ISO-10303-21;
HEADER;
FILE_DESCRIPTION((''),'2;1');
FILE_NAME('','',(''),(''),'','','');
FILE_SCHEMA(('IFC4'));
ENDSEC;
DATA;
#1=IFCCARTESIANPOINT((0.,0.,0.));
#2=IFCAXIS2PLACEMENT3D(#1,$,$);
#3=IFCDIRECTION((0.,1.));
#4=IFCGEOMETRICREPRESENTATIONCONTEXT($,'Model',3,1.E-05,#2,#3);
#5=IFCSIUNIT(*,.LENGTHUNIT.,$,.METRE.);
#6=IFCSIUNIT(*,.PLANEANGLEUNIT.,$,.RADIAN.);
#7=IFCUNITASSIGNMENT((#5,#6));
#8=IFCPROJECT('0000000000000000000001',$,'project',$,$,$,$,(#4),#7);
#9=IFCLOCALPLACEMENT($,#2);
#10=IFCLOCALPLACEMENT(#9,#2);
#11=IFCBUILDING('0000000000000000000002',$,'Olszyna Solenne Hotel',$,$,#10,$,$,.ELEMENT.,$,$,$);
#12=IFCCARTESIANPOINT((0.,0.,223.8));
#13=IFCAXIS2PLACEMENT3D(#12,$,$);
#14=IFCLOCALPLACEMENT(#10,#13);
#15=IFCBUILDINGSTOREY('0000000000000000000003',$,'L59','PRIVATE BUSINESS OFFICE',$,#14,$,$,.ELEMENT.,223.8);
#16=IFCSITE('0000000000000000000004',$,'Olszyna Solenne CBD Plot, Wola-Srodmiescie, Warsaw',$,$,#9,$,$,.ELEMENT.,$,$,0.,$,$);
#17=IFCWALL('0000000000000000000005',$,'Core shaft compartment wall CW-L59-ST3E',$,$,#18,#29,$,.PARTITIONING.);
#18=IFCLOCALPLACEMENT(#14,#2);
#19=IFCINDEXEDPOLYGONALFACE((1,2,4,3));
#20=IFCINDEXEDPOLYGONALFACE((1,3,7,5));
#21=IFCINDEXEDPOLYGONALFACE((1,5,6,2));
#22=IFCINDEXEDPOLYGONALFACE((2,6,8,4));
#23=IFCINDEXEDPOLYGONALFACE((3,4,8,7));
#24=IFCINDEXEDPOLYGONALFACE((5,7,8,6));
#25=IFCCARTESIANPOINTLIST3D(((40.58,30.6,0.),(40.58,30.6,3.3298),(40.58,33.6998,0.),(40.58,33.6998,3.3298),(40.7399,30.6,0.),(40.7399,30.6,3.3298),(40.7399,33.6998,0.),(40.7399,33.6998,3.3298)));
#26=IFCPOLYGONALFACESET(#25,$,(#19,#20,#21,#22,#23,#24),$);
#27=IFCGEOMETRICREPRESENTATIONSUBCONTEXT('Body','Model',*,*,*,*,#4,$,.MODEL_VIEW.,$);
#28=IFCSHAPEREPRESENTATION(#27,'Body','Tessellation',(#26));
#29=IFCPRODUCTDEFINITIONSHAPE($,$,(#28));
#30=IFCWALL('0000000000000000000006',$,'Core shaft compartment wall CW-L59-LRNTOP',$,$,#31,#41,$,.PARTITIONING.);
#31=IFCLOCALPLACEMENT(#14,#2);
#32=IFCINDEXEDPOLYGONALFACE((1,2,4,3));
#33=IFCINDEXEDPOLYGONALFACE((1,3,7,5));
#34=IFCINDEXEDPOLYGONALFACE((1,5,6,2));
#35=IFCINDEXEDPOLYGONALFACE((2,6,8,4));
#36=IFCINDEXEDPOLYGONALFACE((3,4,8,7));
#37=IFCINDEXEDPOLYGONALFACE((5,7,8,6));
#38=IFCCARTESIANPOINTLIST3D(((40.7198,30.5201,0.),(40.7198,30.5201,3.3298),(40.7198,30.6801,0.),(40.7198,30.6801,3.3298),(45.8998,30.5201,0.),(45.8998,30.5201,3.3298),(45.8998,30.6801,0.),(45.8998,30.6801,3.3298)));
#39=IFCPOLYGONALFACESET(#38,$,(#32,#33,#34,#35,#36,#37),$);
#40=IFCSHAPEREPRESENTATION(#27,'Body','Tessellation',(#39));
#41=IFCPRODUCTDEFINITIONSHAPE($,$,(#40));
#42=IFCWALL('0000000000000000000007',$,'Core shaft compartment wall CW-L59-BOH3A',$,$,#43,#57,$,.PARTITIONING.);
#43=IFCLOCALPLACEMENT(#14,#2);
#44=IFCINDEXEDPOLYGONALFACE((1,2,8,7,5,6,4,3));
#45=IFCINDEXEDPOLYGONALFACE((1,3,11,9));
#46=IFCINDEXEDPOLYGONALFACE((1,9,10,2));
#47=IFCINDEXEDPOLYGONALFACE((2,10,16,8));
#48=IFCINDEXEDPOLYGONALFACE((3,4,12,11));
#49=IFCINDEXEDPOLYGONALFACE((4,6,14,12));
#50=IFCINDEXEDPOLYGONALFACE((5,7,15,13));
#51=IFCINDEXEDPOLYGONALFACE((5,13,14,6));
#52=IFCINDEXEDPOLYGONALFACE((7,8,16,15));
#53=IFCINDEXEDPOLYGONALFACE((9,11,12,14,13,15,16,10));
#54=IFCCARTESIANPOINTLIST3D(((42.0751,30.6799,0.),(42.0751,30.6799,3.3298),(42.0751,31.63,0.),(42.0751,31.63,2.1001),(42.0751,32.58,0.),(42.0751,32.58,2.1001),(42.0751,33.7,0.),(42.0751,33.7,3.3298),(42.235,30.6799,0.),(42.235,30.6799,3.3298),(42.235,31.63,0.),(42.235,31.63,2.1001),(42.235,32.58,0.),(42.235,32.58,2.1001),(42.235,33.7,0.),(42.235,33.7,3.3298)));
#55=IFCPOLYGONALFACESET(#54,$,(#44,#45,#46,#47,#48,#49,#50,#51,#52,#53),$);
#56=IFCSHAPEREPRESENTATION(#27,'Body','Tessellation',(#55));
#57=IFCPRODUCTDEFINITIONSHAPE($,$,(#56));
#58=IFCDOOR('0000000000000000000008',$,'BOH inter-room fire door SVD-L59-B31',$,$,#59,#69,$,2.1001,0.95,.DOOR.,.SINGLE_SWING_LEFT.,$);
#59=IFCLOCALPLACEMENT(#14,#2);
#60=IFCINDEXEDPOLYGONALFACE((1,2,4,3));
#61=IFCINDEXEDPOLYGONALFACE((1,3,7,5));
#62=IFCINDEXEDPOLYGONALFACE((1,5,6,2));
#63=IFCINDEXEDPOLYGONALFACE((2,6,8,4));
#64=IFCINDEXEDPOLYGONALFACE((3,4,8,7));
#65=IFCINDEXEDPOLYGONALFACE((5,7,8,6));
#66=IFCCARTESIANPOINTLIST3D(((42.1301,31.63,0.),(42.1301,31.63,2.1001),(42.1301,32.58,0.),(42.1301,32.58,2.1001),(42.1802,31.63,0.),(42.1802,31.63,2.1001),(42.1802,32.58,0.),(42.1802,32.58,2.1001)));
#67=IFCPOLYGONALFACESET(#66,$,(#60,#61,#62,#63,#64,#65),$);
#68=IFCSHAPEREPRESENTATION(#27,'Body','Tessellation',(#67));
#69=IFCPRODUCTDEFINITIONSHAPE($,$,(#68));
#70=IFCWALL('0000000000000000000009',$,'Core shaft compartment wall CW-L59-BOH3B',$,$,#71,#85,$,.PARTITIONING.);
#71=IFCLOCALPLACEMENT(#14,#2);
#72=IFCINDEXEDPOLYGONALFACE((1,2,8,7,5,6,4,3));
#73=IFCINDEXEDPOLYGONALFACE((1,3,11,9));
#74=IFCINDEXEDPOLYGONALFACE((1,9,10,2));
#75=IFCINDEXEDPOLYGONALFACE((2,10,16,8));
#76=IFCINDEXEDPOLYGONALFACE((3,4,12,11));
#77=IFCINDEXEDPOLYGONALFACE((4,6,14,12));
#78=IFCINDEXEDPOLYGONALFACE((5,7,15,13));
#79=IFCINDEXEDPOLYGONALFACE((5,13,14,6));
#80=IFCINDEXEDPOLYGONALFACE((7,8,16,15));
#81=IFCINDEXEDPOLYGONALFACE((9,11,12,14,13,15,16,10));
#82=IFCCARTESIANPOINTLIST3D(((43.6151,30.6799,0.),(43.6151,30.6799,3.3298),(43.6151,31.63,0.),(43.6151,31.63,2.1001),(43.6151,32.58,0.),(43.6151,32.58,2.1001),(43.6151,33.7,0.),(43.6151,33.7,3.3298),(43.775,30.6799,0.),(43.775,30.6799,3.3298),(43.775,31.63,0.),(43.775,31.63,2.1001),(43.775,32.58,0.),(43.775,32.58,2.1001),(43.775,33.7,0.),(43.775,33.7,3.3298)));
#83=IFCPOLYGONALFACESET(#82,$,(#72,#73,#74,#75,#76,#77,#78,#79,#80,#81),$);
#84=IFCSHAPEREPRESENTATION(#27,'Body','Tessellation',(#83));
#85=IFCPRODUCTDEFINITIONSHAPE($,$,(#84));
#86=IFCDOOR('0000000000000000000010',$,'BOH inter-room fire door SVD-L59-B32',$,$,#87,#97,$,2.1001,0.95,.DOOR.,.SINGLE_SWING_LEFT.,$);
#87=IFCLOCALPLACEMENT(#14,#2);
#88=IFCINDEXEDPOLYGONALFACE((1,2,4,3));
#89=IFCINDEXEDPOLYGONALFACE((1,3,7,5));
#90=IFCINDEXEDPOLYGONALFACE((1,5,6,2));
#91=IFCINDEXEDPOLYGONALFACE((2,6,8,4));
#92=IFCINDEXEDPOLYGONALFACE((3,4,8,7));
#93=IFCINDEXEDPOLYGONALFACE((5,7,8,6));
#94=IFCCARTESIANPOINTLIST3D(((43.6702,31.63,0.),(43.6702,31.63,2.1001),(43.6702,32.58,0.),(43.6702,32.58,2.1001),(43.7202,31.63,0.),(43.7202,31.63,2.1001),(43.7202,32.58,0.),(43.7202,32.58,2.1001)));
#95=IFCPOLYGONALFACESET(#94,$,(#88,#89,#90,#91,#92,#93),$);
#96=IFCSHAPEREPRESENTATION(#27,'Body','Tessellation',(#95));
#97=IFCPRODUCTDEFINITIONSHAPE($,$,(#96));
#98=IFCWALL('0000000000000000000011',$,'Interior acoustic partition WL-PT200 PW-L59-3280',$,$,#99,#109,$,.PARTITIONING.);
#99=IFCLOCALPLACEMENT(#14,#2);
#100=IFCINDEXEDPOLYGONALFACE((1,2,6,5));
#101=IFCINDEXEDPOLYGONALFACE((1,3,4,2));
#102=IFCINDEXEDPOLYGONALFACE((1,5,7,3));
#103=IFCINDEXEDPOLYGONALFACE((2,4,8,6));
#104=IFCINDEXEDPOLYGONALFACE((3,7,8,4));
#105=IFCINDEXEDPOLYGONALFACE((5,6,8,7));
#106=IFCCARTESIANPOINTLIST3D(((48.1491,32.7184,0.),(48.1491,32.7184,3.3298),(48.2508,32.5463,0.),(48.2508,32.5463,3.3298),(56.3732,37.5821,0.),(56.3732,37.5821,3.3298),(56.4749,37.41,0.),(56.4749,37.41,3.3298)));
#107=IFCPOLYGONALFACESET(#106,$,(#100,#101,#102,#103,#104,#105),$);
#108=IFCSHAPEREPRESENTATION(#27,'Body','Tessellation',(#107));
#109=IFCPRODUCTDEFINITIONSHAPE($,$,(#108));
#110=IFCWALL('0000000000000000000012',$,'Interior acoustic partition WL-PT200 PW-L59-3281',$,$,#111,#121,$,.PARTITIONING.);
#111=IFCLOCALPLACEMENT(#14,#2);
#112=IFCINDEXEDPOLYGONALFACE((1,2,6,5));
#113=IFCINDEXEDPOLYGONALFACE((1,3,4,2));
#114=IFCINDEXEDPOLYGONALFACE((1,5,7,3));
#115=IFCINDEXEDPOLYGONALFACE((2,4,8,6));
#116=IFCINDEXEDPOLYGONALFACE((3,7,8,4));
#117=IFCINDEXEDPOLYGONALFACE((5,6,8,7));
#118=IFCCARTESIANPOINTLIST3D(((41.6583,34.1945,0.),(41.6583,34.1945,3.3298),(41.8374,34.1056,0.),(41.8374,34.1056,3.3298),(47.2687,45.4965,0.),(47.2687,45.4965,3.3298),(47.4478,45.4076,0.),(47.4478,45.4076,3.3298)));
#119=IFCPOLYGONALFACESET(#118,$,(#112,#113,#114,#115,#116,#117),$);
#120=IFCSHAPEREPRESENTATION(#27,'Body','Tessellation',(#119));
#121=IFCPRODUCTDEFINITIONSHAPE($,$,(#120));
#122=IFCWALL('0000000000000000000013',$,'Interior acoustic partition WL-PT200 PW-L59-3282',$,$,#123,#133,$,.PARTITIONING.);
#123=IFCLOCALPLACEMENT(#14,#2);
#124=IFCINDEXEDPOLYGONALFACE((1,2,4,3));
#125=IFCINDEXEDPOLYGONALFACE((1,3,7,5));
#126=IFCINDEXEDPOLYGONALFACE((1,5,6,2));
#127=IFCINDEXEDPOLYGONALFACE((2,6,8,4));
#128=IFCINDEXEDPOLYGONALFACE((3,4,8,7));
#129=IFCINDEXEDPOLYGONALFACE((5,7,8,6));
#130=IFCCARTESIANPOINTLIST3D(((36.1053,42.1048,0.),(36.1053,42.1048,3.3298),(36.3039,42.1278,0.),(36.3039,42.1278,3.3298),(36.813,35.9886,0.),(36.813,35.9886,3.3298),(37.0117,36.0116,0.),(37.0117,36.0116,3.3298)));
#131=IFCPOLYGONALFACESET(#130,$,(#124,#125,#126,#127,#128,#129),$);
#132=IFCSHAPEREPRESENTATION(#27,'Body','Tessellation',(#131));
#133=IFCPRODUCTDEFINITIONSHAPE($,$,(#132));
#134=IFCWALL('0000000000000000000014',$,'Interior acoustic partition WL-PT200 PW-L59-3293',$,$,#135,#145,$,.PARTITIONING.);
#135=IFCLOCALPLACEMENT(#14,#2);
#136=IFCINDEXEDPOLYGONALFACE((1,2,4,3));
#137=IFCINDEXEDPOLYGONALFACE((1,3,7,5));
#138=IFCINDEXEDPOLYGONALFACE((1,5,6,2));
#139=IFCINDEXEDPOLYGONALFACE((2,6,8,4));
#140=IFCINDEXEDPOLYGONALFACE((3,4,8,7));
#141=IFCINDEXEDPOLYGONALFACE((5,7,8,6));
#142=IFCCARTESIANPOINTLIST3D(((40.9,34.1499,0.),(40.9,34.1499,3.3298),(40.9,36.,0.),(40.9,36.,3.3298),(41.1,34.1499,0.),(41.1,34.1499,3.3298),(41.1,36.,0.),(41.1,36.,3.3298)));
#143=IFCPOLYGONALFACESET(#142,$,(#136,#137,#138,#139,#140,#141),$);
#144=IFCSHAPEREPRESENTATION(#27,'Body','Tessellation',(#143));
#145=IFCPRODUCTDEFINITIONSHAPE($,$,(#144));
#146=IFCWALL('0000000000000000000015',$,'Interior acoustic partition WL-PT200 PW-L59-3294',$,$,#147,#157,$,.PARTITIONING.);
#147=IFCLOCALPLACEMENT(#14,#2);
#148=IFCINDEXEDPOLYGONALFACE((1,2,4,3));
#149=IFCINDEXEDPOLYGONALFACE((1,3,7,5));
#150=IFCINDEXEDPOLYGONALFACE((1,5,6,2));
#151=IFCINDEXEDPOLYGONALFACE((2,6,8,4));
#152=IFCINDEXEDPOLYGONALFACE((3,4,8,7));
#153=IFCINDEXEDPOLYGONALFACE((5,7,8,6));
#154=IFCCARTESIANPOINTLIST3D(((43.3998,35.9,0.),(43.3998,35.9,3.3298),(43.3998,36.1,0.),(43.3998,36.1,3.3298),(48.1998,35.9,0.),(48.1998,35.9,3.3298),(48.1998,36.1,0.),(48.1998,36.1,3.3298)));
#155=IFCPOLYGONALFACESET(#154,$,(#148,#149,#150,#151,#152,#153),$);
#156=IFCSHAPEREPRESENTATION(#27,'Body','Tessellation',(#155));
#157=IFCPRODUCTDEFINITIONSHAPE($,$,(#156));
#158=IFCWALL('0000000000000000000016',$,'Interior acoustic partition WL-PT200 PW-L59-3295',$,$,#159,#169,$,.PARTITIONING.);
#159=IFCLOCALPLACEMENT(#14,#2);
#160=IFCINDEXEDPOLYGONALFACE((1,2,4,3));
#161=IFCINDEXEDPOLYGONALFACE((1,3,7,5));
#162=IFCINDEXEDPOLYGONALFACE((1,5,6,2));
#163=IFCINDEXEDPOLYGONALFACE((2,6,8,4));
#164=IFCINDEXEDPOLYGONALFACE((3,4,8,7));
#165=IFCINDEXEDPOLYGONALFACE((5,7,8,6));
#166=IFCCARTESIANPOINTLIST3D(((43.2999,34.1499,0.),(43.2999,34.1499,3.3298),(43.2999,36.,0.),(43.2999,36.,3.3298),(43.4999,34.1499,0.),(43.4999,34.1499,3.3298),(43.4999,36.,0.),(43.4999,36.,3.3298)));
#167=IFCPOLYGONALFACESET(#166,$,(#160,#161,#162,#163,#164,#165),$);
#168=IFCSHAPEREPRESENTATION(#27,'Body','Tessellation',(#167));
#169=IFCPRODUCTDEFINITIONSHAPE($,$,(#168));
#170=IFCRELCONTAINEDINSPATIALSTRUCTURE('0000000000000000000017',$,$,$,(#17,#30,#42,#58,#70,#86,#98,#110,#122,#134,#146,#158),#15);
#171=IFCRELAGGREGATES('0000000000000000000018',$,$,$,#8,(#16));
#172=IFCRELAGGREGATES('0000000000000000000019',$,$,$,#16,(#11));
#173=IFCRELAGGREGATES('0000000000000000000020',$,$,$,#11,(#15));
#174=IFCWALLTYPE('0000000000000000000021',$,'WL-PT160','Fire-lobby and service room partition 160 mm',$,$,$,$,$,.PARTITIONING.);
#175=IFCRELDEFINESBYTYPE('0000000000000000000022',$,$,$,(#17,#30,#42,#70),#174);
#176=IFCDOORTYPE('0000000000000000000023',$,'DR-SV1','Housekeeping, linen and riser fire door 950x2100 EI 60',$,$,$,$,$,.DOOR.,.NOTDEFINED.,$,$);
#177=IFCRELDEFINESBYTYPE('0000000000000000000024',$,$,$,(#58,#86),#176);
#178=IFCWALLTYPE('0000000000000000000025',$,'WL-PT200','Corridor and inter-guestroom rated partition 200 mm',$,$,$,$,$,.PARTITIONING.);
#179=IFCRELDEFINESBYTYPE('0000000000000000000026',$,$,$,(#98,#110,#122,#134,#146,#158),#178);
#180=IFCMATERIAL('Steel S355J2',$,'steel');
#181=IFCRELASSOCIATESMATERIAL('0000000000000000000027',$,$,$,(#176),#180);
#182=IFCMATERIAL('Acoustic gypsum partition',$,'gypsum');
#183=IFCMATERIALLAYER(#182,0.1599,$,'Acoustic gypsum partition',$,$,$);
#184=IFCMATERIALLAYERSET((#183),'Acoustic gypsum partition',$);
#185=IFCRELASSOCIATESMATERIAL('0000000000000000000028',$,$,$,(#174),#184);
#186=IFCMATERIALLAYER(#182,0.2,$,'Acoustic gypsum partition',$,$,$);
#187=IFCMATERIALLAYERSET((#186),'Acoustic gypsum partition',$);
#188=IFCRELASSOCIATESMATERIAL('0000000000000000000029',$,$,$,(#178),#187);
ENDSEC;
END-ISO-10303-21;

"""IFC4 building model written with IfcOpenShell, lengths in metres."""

from ifc_helpers import new_model, si_unit, direction, frame, frame_2d, origin, place, context, subcontext, project, spatial, rectangle, extrude, source, transform, mapped, material, layer, layer_set, type_object, type_shapes, element, fill, save


model = new_model("IFC4")

# Units and contexts
model_context = context("Model", 3, precision=1e-05, world=origin(), true_north=direction((0.0, 1.0)))
body_context = subcontext(model_context, "Body", "Model", "MODEL_VIEW")
ifc_project = project(units=[si_unit("LENGTHUNIT", "METRE"), si_unit("PLANEANGLEUNIT", "RADIAN")], contexts=[model_context])

# Site, building, storey
site_placement = place(None, origin())
site = spatial("IfcSite", under=ifc_project, at=site_placement, Name="Olszyna Solenne CBD Plot, Wola-Srodmiescie, Warsaw", CompositionType="ELEMENT", RefElevation=0.0)
building_placement = place(site_placement, origin())
building = spatial("IfcBuilding", under=site, at=building_placement, Name="Olszyna Solenne Hotel", CompositionType="ELEMENT")
storey_placement = place(building_placement, frame((0.0, 0.0, 223.8)))
storey = spatial("IfcBuildingStorey", under=building, at=storey_placement, Name="L59", Description="PRIVATE BUSINESS OFFICE", CompositionType="ELEMENT", Elevation=223.8)

# Shared definitions
ifc_material_1 = material(Name="Steel S355J2", Category="steel")

# Shared definitions
door_type_1 = type_object("IfcDoorType", Name="DR-SV1", Description="Housekeeping, linen and riser fire door 950x2100 EI 60", OperationType="NOTDEFINED", PredefinedType="DOOR", material=ifc_material_1)
shared_shape_1 = source(origin(), body_context, "Body", "SweptSolid", [
    extrude(rectangle(XDim=0.95, YDim=2.1001, at=frame_2d((0.4751, 1.05))), frame((0.0, 0.0249, 0.0), z_axis=(0.0, -1.0, 0.0), x_axis=(1.0, 0.0, 0.0)), (0.0, 0.0, 1.0), 0.05),
])
type_shapes(door_type_1, [shared_shape_1])

# Shared definitions
ifc_material_2 = material(Name="Acoustic gypsum partition", Category="gypsum")

# Shared definitions
ifc_layer_1 = layer(ifc_material_2, 0.1599, Name="Acoustic gypsum partition")
ifc_layer_set_1 = layer_set([ifc_layer_1], Name="Acoustic gypsum partition")
wall_type_1 = type_object("IfcWallType", Name="WL-PT160", Description="Fire-lobby and service room partition 160 mm", PredefinedType="PARTITIONING", material=ifc_layer_set_1)

# Walls
wall_1_placement = place(storey_placement, frame((40.6599, 30.6001, 0.0), z_axis=(0.0, 0.0, 1.0), x_axis=(0.0, 1.0, 0.0)))
element("IfcWall", 1, at=wall_1_placement, inside=storey, type_object=wall_type_1, Name="Core shaft compartment wall CW-L59-ST3E", PredefinedType="PARTITIONING", context=body_context, shape_type="SweptSolid", body=[
    extrude(rectangle(XDim=3.0999, YDim=0.1599, at=frame_2d((1.5498, 0.0))), origin(), (0.0, 0.0, 1.0), 3.3298),
])
wall_2_placement = place(storey_placement, frame((40.72, 30.6001, 0.0), z_axis=(0.0, 0.0, 1.0), x_axis=(1.0, 0.0, 0.0)))
element("IfcWall", 2, at=wall_2_placement, inside=storey, type_object=wall_type_1, Name="Core shaft compartment wall CW-L59-LRNTOP", PredefinedType="PARTITIONING", context=body_context, shape_type="SweptSolid", body=[
    extrude(rectangle(XDim=5.1799, YDim=0.1599, at=frame_2d((2.5898, 0.0))), origin(), (0.0, 0.0, 1.0), 3.3298),
])

# Walls, openings, doors
wall_3_placement = place(storey_placement, frame((42.155, 30.6799, 0.0), z_axis=(0.0, 0.0, 1.0), x_axis=(0.0, 1.0, 0.0)))
wall_3 = element("IfcWall", 3, at=wall_3_placement, inside=storey, type_object=wall_type_1, Name="Core shaft compartment wall CW-L59-BOH3A", PredefinedType="PARTITIONING", context=body_context, shape_type="SweptSolid", body=[
    extrude(rectangle(XDim=3.02, YDim=0.1599, at=frame_2d((1.51, 0.0))), origin(), (0.0, 0.0, 1.0), 3.3298),
])
opening_1_placement = place(wall_3_placement, frame((0.95, 0.0, 0.0)))
opening_1 = element("IfcOpeningElement", 4, at=opening_1_placement, cuts=wall_3, PredefinedType="OPENING", context=body_context, shape_type="SweptSolid", body=[
    extrude(rectangle(XDim=0.95, YDim=2.1001, at=frame_2d((0.4751, 1.05))), frame((0.0, 0.0898, 0.0), z_axis=(0.0, -1.0, 0.0), x_axis=(1.0, 0.0, 0.0)), (0.0, 0.0, 1.0), 0.1799),
])
door_1_placement = place(opening_1_placement, origin())
door_1 = element("IfcDoor", 5, at=door_1_placement, inside=storey, type_object=door_type_1, Name="BOH inter-room fire door SVD-L59-B31", OperationType="SINGLE_SWING_LEFT", OverallHeight=2.1001, OverallWidth=0.95, PredefinedType="DOOR", context=body_context, shape_type="MappedRepresentation", body=[
    mapped(shared_shape_1, transform((0.0, 0.0, 0.0), x_axis=(1.0, 0.0, 0.0), y_axis=(0.0, 1.0, 0.0), z_axis=(0.0, 0.0, 1.0), scale=1.0)),
])
fill(opening_1, door_1)
wall_4_placement = place(storey_placement, frame((43.6951, 30.6799, 0.0), z_axis=(0.0, 0.0, 1.0), x_axis=(0.0, 1.0, 0.0)))
wall_4 = element("IfcWall", 6, at=wall_4_placement, inside=storey, type_object=wall_type_1, Name="Core shaft compartment wall CW-L59-BOH3B", PredefinedType="PARTITIONING", context=body_context, shape_type="SweptSolid", body=[
    extrude(rectangle(XDim=3.02, YDim=0.1599, at=frame_2d((1.51, 0.0))), origin(), (0.0, 0.0, 1.0), 3.3298),
])
opening_2_placement = place(wall_4_placement, frame((0.95, 0.0, 0.0)))
opening_2 = element("IfcOpeningElement", 7, at=opening_2_placement, cuts=wall_4, PredefinedType="OPENING", context=body_context, shape_type="SweptSolid", body=[
    extrude(rectangle(XDim=0.95, YDim=2.1001, at=frame_2d((0.4751, 1.05))), frame((0.0, 0.0898, 0.0), z_axis=(0.0, -1.0, 0.0), x_axis=(1.0, 0.0, 0.0)), (0.0, 0.0, 1.0), 0.1799),
])
door_2_placement = place(opening_2_placement, origin())
door_2 = element("IfcDoor", 8, at=door_2_placement, inside=storey, type_object=door_type_1, Name="BOH inter-room fire door SVD-L59-B32", OperationType="SINGLE_SWING_LEFT", OverallHeight=2.1001, OverallWidth=0.95, PredefinedType="DOOR", context=body_context, shape_type="MappedRepresentation", body=[
    mapped(shared_shape_1, transform((0.0, 0.0, 0.0), x_axis=(1.0, 0.0, 0.0), y_axis=(0.0, 1.0, 0.0), z_axis=(0.0, 0.0, 1.0), scale=1.0)),
])
fill(opening_2, door_2)

# Walls
ifc_layer_2 = layer(ifc_material_2, 0.2, Name="Acoustic gypsum partition")
ifc_layer_set_2 = layer_set([ifc_layer_2], Name="Acoustic gypsum partition")
wall_type_2 = type_object("IfcWallType", Name="WL-PT200", Description="Corridor and inter-guestroom rated partition 200 mm", PredefinedType="PARTITIONING", material=ifc_layer_set_2)
wall_5_placement = place(storey_placement, frame((48.2, 32.6323, 0.0), z_axis=(0.0, 0.0, 1.0), x_axis=(0.86074, 0.509044, 0.0)))
element("IfcWall", 9, at=wall_5_placement, inside=storey, type_object=wall_type_2, Name="Interior acoustic partition WL-PT200 PW-L59-3280", PredefinedType="PARTITIONING", context=body_context, shape_type="SweptSolid", body=[
    extrude(rectangle(XDim=9.5547, YDim=0.2, at=frame_2d((4.7773, 0.0))), origin(), (0.0, 0.0, 1.0), 3.3298),
])
wall_6_placement = place(storey_placement, frame((41.7478, 34.1499, 0.0), z_axis=(0.0, 0.0, 1.0), x_axis=(0.444634, 0.895712, 0.0)))
element("IfcWall", 10, at=wall_6_placement, inside=storey, type_object=wall_type_2, Name="Interior acoustic partition WL-PT200 PW-L59-3281", PredefinedType="PARTITIONING", context=body_context, shape_type="SweptSolid", body=[
    extrude(rectangle(XDim=12.6179, YDim=0.2, at=frame_2d((6.3091, 0.0))), origin(), (0.0, 0.0, 1.0), 3.3298),
])
wall_7_placement = place(storey_placement, frame((36.9124, 36.0, 0.0), z_axis=(0.0, 0.0, 1.0), x_axis=(-0.114952, 0.993371, 0.0)))
element("IfcWall", 11, at=wall_7_placement, inside=storey, type_object=wall_type_2, Name="Interior acoustic partition WL-PT200 PW-L59-3282", PredefinedType="PARTITIONING", context=body_context, shape_type="SweptSolid", body=[
    extrude(rectangle(XDim=6.157, YDim=0.2, at=frame_2d((3.0786, 0.0))), origin(), (0.0, 0.0, 1.0), 3.3298),
])
wall_8_placement = place(storey_placement, frame((41.0, 34.1499, 0.0), z_axis=(0.0, 0.0, 1.0), x_axis=(0.0, 1.0, 0.0)))
element("IfcWall", 12, at=wall_8_placement, inside=storey, type_object=wall_type_2, Name="Interior acoustic partition WL-PT200 PW-L59-3293", PredefinedType="PARTITIONING", context=body_context, shape_type="SweptSolid", body=[
    extrude(rectangle(XDim=1.8501, YDim=0.2, at=frame_2d((0.925, 0.0))), origin(), (0.0, 0.0, 1.0), 3.3298),
])
wall_9_placement = place(storey_placement, frame((43.3999, 36.0, 0.0), z_axis=(0.0, 0.0, 1.0), x_axis=(1.0, 0.0, 0.0)))
element("IfcWall", 13, at=wall_9_placement, inside=storey, type_object=wall_type_2, Name="Interior acoustic partition WL-PT200 PW-L59-3294", PredefinedType="PARTITIONING", context=body_context, shape_type="SweptSolid", body=[
    extrude(rectangle(XDim=4.8, YDim=0.2, at=frame_2d((2.3999, 0.0))), origin(), (0.0, 0.0, 1.0), 3.3298),
])
wall_10_placement = place(storey_placement, frame((43.3999, 34.1499, 0.0), z_axis=(0.0, 0.0, 1.0), x_axis=(0.0, 1.0, 0.0)))
element("IfcWall", 14, at=wall_10_placement, inside=storey, type_object=wall_type_2, Name="Interior acoustic partition WL-PT200 PW-L59-3295", PredefinedType="PARTITIONING", context=body_context, shape_type="SweptSolid", body=[
    extrude(rectangle(XDim=1.8501, YDim=0.2, at=frame_2d((0.925, 0.0))), origin(), (0.0, 0.0, 1.0), 3.3298),
])

save(model, "model.ifc")
